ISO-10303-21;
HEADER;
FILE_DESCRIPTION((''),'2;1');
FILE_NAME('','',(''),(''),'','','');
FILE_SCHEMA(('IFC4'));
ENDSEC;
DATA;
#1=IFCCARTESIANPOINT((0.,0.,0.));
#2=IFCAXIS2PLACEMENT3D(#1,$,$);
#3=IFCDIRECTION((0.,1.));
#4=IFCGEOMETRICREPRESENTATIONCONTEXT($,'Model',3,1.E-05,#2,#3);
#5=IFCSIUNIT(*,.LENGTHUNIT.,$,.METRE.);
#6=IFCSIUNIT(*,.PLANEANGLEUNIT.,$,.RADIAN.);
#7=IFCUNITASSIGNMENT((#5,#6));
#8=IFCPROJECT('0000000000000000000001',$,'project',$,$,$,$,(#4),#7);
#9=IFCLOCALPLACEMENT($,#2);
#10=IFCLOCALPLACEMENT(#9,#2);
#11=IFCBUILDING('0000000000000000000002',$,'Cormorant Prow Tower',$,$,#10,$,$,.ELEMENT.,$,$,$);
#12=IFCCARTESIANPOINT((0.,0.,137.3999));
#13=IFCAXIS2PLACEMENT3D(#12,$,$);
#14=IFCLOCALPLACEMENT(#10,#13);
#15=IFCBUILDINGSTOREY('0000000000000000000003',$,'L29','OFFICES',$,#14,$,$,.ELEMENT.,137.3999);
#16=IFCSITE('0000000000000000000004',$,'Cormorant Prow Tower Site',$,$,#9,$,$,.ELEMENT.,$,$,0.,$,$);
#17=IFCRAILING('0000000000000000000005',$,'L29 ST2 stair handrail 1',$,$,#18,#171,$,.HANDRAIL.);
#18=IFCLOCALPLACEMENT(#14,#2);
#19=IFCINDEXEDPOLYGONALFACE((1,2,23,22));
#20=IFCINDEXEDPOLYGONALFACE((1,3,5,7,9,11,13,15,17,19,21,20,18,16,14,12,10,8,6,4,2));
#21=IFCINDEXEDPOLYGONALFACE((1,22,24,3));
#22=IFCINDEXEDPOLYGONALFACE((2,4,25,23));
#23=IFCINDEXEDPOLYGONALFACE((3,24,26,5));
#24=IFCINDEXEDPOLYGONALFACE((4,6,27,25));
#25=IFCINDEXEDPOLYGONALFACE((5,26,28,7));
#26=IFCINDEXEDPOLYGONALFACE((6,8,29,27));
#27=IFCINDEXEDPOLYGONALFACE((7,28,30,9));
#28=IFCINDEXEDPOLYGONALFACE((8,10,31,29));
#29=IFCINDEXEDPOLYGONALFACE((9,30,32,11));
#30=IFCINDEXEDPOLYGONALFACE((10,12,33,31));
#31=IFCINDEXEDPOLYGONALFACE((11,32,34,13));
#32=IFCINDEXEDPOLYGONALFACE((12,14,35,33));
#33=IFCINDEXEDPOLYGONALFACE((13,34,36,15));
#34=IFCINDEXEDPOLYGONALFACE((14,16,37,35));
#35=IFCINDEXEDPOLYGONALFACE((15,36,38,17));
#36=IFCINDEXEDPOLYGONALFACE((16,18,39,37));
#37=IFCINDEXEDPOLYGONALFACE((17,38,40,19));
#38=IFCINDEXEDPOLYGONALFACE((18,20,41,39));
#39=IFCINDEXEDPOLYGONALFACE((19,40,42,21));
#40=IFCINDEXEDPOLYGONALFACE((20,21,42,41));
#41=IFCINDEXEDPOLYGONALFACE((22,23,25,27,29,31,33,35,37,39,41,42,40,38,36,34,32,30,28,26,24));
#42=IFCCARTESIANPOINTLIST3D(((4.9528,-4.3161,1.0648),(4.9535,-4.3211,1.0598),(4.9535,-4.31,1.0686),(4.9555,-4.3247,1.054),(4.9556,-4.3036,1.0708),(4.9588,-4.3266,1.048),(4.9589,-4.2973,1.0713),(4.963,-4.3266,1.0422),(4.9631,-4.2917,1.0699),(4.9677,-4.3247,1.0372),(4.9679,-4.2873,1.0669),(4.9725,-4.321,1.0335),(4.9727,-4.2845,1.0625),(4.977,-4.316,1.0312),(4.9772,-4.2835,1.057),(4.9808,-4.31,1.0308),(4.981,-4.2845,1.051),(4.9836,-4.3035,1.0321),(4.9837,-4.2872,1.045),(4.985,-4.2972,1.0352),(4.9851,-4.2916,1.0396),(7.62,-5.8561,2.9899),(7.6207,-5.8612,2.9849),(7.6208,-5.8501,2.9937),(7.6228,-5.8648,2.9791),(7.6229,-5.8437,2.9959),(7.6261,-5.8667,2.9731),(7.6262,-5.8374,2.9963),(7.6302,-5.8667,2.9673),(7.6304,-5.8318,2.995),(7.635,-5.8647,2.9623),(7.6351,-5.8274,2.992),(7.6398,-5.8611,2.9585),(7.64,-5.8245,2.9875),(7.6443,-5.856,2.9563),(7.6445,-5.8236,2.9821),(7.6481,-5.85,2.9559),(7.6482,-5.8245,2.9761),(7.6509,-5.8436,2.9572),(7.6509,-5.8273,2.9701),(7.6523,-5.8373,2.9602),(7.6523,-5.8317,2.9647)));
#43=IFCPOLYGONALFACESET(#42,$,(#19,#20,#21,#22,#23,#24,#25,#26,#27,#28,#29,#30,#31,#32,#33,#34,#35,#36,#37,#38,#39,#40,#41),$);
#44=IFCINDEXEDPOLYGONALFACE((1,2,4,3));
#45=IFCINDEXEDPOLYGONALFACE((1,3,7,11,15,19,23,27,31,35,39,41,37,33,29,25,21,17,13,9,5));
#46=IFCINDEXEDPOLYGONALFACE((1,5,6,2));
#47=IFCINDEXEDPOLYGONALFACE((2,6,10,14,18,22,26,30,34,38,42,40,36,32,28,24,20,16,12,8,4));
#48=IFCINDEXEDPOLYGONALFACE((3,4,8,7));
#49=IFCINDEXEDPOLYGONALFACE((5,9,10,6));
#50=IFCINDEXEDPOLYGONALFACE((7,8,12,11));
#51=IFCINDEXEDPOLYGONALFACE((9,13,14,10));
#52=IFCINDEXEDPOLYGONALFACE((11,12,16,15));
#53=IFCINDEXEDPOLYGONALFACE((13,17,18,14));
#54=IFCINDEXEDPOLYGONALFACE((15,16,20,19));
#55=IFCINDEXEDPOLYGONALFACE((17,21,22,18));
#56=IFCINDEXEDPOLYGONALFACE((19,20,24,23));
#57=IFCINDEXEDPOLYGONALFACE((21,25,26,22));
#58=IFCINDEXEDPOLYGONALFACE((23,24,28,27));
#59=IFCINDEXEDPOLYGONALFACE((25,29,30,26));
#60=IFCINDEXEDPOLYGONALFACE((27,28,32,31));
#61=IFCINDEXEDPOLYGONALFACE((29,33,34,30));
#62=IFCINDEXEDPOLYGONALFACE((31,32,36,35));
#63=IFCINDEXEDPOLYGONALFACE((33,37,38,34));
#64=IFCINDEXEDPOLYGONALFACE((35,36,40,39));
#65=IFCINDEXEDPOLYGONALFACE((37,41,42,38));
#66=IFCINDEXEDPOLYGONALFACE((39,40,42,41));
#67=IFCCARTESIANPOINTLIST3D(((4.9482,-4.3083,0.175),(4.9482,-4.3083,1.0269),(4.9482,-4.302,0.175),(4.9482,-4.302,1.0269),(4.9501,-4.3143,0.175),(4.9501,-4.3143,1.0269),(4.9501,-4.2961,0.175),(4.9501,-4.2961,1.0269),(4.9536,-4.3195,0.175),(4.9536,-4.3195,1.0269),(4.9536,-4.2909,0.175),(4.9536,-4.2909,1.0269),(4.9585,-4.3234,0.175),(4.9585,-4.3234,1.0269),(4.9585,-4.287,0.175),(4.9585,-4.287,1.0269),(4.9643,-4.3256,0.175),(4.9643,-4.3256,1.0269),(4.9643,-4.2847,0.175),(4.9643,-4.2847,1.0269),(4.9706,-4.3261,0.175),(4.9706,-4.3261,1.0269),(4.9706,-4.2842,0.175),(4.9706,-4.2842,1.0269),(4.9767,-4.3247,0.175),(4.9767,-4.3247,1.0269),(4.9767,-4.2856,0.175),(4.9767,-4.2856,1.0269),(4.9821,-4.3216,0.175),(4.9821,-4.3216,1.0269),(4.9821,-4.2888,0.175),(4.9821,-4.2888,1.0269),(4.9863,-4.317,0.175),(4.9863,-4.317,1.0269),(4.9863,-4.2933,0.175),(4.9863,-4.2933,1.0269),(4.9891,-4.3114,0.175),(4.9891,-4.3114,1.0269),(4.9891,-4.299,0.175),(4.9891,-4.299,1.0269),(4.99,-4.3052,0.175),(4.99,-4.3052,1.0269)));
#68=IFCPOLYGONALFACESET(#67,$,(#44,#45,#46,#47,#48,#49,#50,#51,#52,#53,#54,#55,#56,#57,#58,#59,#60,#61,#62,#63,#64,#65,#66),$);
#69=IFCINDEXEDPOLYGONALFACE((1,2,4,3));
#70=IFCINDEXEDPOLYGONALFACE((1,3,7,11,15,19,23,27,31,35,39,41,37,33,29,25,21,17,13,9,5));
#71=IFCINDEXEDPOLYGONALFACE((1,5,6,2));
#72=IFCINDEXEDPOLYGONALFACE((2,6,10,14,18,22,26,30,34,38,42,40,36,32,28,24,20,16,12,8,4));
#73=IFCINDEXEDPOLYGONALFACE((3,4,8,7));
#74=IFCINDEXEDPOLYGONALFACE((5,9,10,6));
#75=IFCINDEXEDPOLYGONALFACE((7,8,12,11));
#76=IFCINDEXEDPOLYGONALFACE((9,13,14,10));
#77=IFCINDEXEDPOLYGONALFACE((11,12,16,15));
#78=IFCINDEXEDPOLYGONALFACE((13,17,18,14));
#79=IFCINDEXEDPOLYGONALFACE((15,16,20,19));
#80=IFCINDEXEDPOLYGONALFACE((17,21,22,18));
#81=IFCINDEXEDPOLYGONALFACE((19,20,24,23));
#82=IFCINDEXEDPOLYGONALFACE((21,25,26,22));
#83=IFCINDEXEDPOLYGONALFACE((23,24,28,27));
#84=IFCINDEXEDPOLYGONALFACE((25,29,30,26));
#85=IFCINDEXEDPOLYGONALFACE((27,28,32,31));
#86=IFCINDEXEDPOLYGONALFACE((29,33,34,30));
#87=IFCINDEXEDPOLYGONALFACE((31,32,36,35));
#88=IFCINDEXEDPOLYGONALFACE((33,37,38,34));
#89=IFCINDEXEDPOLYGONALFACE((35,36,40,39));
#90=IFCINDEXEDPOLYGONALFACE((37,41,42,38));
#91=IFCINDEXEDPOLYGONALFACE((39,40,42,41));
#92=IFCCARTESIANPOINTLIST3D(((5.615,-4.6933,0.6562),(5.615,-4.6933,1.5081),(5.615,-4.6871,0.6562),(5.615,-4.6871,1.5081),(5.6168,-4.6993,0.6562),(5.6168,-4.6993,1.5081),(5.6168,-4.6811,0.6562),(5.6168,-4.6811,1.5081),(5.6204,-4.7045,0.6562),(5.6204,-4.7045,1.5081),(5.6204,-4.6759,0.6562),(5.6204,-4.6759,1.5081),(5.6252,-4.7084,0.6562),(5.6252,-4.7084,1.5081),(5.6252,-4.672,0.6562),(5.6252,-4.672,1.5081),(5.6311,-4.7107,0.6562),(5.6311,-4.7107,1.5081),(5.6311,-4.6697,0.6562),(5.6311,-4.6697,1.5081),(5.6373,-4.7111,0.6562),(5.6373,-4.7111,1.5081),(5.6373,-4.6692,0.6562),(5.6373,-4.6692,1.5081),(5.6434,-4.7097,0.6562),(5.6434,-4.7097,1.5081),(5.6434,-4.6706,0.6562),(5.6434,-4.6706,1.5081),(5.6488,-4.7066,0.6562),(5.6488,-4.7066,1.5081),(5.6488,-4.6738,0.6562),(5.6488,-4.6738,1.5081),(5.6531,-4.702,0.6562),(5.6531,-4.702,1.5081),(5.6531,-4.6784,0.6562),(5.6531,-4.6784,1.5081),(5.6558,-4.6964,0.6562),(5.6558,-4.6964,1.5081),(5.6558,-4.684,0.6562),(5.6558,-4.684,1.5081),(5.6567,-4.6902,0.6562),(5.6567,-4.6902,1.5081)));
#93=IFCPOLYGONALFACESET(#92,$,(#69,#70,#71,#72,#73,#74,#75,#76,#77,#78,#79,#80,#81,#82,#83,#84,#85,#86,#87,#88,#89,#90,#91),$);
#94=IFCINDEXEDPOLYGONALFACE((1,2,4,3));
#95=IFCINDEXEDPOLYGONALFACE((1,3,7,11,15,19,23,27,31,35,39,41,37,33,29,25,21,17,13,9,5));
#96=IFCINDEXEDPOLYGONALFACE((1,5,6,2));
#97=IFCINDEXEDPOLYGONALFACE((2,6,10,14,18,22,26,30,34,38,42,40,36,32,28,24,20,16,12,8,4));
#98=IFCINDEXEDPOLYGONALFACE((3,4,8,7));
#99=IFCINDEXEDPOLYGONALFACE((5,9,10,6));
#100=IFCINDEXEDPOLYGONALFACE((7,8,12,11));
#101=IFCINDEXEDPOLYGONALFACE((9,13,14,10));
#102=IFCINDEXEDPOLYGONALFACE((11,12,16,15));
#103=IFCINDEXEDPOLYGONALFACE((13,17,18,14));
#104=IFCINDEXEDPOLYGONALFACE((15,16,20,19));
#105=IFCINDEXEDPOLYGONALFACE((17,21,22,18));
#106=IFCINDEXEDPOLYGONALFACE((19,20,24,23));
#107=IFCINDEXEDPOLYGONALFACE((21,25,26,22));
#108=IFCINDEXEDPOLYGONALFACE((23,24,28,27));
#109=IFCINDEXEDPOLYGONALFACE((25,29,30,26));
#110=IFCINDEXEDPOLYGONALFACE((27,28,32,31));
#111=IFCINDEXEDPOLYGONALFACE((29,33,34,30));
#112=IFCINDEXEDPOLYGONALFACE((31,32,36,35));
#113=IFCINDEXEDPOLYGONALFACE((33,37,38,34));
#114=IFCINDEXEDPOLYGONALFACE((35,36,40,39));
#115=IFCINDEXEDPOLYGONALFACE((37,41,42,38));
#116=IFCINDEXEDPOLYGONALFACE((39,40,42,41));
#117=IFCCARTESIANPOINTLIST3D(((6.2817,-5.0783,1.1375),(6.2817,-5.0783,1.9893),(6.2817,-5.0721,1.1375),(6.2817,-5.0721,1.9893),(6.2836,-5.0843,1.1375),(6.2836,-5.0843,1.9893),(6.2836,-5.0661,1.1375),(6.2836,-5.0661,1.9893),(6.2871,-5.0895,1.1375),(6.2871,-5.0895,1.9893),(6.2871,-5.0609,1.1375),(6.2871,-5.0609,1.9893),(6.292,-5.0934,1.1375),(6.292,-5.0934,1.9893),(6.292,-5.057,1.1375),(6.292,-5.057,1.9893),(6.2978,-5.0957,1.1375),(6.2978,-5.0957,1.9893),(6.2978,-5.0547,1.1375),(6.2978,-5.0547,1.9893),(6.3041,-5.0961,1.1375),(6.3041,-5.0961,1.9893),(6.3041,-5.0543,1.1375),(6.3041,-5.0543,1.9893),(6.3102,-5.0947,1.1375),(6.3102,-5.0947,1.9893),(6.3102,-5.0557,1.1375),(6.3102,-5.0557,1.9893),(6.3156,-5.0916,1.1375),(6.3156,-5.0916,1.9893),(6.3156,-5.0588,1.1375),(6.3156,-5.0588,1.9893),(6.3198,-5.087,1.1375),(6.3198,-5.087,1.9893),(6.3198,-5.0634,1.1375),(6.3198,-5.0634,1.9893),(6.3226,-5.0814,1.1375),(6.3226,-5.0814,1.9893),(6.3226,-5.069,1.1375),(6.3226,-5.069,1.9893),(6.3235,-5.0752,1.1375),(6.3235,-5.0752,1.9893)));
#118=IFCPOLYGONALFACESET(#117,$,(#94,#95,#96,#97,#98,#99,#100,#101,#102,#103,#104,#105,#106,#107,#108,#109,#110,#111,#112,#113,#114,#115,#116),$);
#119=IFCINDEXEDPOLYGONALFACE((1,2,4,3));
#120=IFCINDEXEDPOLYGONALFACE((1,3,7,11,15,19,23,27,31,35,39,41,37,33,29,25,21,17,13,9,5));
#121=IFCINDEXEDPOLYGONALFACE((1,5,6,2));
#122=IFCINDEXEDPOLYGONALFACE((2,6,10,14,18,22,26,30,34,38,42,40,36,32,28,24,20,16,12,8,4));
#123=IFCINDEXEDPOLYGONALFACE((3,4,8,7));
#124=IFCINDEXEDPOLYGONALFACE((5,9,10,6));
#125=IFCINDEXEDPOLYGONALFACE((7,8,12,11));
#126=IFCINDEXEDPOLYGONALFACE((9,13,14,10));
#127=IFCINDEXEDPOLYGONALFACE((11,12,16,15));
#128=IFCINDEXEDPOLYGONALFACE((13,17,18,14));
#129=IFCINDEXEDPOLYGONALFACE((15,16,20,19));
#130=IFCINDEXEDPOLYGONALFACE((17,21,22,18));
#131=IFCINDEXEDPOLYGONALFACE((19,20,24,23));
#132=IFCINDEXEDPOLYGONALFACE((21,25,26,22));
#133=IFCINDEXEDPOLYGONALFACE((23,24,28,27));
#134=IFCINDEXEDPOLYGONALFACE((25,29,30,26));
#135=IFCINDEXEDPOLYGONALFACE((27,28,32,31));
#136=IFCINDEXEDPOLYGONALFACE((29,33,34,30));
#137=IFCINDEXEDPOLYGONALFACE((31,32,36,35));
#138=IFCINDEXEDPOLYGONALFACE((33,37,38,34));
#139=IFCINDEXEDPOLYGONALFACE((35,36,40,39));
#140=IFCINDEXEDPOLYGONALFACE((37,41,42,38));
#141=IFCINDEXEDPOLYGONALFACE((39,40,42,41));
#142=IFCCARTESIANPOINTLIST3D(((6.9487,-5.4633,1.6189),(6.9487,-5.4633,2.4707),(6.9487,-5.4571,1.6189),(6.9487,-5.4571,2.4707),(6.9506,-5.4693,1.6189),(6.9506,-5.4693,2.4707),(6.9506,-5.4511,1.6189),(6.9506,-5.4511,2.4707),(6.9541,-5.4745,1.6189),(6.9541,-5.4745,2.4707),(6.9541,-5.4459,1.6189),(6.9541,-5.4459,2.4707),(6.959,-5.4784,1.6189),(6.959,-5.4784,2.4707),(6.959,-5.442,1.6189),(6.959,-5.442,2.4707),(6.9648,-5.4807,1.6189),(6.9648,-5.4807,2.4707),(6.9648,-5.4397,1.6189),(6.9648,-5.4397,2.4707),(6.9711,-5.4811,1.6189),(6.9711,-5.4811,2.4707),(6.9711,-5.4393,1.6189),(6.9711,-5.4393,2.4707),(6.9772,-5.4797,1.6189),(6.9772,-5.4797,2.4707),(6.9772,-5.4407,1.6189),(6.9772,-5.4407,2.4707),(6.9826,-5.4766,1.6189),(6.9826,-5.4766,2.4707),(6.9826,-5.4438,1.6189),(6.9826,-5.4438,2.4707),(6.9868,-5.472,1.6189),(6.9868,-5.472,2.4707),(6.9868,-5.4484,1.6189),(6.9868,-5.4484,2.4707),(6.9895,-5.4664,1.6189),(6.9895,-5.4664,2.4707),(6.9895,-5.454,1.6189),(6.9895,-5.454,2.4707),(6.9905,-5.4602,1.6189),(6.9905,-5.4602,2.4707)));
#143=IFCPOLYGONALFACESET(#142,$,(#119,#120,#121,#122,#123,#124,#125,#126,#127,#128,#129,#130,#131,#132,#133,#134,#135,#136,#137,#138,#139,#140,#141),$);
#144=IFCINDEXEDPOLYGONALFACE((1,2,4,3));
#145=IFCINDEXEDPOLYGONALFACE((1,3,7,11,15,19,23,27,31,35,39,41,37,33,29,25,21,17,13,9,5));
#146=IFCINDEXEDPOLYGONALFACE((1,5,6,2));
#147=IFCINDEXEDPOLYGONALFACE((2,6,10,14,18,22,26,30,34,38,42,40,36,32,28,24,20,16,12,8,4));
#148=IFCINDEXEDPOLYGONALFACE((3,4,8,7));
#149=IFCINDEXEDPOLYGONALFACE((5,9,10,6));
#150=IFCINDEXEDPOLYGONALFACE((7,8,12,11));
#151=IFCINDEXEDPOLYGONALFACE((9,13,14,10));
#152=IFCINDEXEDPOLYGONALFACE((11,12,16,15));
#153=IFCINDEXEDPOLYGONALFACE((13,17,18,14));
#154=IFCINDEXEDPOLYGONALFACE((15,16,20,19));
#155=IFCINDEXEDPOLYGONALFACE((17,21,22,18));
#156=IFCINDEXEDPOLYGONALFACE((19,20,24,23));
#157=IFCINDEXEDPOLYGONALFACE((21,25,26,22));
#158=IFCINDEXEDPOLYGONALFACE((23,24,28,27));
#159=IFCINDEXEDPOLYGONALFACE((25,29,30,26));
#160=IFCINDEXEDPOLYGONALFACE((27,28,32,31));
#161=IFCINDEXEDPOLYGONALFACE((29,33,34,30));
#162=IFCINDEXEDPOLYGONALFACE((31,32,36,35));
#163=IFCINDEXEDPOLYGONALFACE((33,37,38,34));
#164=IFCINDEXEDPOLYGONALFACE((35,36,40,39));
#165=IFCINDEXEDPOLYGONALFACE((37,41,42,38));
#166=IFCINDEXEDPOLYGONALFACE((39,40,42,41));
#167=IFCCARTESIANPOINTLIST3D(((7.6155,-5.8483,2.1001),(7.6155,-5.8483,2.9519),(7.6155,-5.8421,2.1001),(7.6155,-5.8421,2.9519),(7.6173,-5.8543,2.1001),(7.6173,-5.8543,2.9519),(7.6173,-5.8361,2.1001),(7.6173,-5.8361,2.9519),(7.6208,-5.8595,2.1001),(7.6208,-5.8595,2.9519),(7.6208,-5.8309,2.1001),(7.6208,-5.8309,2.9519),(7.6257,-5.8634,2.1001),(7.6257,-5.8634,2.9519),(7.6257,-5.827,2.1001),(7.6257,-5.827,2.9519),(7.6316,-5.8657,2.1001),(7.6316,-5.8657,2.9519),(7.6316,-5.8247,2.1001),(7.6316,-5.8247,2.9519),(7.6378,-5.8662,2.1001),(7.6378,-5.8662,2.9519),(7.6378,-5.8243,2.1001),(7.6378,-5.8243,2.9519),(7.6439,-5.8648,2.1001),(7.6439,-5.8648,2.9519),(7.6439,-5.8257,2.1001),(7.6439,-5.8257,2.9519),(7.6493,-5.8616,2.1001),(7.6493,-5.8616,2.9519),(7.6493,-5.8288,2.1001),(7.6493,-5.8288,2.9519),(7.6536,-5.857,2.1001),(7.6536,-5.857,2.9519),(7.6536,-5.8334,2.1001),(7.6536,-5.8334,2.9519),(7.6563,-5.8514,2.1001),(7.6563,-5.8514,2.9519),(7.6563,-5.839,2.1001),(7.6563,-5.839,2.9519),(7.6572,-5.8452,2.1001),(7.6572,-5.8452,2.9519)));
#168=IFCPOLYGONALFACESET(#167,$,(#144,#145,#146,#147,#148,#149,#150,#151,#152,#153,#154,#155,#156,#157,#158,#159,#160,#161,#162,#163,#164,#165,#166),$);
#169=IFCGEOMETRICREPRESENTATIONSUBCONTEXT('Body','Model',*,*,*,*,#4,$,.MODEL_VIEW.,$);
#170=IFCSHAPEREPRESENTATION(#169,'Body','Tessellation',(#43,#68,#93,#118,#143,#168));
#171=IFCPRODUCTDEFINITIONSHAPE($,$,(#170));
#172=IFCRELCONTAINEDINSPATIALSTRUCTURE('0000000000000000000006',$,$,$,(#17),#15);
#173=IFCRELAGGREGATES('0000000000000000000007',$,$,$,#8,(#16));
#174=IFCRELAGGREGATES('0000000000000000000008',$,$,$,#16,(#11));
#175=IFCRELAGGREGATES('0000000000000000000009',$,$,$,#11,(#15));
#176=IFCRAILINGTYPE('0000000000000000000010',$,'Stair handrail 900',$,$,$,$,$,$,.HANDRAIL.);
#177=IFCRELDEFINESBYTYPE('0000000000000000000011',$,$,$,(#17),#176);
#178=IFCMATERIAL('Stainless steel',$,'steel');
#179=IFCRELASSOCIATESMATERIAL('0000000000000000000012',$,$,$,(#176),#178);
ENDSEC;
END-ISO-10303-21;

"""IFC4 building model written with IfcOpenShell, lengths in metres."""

from ifc_helpers import new_model, si_unit, direction, frame, origin, origin_2d, place, context, subcontext, project, spatial, circle, extrude, material, type_object, element, save


model = new_model("IFC4")

# Units and contexts
model_context = context("Model", 3, precision=1e-05, world=origin(), true_north=direction((0.0, 1.0)))
body_context = subcontext(model_context, "Body", "Model", "MODEL_VIEW")
ifc_project = project(units=[si_unit("LENGTHUNIT", "METRE"), si_unit("PLANEANGLEUNIT", "RADIAN")], contexts=[model_context])

# Site, building, storey
site_placement = place(None, origin())
site = spatial("IfcSite", under=ifc_project, at=site_placement, Name="Cormorant Prow Tower Site", CompositionType="ELEMENT", RefElevation=0.0)
building_placement = place(site_placement, origin())
building = spatial("IfcBuilding", under=site, at=building_placement, Name="Cormorant Prow Tower", CompositionType="ELEMENT")
storey_placement = place(building_placement, frame((0.0, 0.0, 137.3999)))
storey = spatial("IfcBuildingStorey", under=building, at=storey_placement, Name="L29", Description="OFFICES", CompositionType="ELEMENT", Elevation=137.3999)

# Railing
ifc_material_1 = material(Name="Stainless steel", Category="steel")
railing_type_1 = type_object("IfcRailingType", Name="Stair handrail 900", PredefinedType="HANDRAIL", material=ifc_material_1)
railing_1_placement = place(storey_placement, frame((4.969, -4.3052, 0.175)))
element("IfcRailing", 1, at=railing_1_placement, inside=storey, type_object=railing_type_1, Name="L29 ST2 stair handrail 1", PredefinedType="HANDRAIL", context=body_context, shape_type="SweptSolid", body=[
    extrude(circle(Radius=0.0239, at=origin_2d()), frame((0.0, 0.0, 0.876), z_axis=(0.734364, -0.424015, 0.530019), x_axis=(0.500027, 0.86601, 0.0)), (0.0, 0.0, 1.0), 3.6321),
    extrude(circle(Radius=0.021, at=origin_2d()), origin(), (0.0, 0.0, 1.0), 0.8518),
    extrude(circle(Radius=0.021, at=origin_2d()), frame((0.6667, -0.385, 0.4812)), (0.0, 0.0, 1.0), 0.8518),
    extrude(circle(Radius=0.021, at=origin_2d()), frame((1.3335, -0.77, 0.9624)), (0.0, 0.0, 1.0), 0.8518),
    extrude(circle(Radius=0.021, at=origin_2d()), frame((2.0005, -1.155, 1.4438)), (0.0, 0.0, 1.0), 0.8518),
    extrude(circle(Radius=0.021, at=origin_2d()), frame((2.6672, -1.54, 1.925)), (0.0, 0.0, 1.0), 0.8518),
])

save(model, "model.ifc")
